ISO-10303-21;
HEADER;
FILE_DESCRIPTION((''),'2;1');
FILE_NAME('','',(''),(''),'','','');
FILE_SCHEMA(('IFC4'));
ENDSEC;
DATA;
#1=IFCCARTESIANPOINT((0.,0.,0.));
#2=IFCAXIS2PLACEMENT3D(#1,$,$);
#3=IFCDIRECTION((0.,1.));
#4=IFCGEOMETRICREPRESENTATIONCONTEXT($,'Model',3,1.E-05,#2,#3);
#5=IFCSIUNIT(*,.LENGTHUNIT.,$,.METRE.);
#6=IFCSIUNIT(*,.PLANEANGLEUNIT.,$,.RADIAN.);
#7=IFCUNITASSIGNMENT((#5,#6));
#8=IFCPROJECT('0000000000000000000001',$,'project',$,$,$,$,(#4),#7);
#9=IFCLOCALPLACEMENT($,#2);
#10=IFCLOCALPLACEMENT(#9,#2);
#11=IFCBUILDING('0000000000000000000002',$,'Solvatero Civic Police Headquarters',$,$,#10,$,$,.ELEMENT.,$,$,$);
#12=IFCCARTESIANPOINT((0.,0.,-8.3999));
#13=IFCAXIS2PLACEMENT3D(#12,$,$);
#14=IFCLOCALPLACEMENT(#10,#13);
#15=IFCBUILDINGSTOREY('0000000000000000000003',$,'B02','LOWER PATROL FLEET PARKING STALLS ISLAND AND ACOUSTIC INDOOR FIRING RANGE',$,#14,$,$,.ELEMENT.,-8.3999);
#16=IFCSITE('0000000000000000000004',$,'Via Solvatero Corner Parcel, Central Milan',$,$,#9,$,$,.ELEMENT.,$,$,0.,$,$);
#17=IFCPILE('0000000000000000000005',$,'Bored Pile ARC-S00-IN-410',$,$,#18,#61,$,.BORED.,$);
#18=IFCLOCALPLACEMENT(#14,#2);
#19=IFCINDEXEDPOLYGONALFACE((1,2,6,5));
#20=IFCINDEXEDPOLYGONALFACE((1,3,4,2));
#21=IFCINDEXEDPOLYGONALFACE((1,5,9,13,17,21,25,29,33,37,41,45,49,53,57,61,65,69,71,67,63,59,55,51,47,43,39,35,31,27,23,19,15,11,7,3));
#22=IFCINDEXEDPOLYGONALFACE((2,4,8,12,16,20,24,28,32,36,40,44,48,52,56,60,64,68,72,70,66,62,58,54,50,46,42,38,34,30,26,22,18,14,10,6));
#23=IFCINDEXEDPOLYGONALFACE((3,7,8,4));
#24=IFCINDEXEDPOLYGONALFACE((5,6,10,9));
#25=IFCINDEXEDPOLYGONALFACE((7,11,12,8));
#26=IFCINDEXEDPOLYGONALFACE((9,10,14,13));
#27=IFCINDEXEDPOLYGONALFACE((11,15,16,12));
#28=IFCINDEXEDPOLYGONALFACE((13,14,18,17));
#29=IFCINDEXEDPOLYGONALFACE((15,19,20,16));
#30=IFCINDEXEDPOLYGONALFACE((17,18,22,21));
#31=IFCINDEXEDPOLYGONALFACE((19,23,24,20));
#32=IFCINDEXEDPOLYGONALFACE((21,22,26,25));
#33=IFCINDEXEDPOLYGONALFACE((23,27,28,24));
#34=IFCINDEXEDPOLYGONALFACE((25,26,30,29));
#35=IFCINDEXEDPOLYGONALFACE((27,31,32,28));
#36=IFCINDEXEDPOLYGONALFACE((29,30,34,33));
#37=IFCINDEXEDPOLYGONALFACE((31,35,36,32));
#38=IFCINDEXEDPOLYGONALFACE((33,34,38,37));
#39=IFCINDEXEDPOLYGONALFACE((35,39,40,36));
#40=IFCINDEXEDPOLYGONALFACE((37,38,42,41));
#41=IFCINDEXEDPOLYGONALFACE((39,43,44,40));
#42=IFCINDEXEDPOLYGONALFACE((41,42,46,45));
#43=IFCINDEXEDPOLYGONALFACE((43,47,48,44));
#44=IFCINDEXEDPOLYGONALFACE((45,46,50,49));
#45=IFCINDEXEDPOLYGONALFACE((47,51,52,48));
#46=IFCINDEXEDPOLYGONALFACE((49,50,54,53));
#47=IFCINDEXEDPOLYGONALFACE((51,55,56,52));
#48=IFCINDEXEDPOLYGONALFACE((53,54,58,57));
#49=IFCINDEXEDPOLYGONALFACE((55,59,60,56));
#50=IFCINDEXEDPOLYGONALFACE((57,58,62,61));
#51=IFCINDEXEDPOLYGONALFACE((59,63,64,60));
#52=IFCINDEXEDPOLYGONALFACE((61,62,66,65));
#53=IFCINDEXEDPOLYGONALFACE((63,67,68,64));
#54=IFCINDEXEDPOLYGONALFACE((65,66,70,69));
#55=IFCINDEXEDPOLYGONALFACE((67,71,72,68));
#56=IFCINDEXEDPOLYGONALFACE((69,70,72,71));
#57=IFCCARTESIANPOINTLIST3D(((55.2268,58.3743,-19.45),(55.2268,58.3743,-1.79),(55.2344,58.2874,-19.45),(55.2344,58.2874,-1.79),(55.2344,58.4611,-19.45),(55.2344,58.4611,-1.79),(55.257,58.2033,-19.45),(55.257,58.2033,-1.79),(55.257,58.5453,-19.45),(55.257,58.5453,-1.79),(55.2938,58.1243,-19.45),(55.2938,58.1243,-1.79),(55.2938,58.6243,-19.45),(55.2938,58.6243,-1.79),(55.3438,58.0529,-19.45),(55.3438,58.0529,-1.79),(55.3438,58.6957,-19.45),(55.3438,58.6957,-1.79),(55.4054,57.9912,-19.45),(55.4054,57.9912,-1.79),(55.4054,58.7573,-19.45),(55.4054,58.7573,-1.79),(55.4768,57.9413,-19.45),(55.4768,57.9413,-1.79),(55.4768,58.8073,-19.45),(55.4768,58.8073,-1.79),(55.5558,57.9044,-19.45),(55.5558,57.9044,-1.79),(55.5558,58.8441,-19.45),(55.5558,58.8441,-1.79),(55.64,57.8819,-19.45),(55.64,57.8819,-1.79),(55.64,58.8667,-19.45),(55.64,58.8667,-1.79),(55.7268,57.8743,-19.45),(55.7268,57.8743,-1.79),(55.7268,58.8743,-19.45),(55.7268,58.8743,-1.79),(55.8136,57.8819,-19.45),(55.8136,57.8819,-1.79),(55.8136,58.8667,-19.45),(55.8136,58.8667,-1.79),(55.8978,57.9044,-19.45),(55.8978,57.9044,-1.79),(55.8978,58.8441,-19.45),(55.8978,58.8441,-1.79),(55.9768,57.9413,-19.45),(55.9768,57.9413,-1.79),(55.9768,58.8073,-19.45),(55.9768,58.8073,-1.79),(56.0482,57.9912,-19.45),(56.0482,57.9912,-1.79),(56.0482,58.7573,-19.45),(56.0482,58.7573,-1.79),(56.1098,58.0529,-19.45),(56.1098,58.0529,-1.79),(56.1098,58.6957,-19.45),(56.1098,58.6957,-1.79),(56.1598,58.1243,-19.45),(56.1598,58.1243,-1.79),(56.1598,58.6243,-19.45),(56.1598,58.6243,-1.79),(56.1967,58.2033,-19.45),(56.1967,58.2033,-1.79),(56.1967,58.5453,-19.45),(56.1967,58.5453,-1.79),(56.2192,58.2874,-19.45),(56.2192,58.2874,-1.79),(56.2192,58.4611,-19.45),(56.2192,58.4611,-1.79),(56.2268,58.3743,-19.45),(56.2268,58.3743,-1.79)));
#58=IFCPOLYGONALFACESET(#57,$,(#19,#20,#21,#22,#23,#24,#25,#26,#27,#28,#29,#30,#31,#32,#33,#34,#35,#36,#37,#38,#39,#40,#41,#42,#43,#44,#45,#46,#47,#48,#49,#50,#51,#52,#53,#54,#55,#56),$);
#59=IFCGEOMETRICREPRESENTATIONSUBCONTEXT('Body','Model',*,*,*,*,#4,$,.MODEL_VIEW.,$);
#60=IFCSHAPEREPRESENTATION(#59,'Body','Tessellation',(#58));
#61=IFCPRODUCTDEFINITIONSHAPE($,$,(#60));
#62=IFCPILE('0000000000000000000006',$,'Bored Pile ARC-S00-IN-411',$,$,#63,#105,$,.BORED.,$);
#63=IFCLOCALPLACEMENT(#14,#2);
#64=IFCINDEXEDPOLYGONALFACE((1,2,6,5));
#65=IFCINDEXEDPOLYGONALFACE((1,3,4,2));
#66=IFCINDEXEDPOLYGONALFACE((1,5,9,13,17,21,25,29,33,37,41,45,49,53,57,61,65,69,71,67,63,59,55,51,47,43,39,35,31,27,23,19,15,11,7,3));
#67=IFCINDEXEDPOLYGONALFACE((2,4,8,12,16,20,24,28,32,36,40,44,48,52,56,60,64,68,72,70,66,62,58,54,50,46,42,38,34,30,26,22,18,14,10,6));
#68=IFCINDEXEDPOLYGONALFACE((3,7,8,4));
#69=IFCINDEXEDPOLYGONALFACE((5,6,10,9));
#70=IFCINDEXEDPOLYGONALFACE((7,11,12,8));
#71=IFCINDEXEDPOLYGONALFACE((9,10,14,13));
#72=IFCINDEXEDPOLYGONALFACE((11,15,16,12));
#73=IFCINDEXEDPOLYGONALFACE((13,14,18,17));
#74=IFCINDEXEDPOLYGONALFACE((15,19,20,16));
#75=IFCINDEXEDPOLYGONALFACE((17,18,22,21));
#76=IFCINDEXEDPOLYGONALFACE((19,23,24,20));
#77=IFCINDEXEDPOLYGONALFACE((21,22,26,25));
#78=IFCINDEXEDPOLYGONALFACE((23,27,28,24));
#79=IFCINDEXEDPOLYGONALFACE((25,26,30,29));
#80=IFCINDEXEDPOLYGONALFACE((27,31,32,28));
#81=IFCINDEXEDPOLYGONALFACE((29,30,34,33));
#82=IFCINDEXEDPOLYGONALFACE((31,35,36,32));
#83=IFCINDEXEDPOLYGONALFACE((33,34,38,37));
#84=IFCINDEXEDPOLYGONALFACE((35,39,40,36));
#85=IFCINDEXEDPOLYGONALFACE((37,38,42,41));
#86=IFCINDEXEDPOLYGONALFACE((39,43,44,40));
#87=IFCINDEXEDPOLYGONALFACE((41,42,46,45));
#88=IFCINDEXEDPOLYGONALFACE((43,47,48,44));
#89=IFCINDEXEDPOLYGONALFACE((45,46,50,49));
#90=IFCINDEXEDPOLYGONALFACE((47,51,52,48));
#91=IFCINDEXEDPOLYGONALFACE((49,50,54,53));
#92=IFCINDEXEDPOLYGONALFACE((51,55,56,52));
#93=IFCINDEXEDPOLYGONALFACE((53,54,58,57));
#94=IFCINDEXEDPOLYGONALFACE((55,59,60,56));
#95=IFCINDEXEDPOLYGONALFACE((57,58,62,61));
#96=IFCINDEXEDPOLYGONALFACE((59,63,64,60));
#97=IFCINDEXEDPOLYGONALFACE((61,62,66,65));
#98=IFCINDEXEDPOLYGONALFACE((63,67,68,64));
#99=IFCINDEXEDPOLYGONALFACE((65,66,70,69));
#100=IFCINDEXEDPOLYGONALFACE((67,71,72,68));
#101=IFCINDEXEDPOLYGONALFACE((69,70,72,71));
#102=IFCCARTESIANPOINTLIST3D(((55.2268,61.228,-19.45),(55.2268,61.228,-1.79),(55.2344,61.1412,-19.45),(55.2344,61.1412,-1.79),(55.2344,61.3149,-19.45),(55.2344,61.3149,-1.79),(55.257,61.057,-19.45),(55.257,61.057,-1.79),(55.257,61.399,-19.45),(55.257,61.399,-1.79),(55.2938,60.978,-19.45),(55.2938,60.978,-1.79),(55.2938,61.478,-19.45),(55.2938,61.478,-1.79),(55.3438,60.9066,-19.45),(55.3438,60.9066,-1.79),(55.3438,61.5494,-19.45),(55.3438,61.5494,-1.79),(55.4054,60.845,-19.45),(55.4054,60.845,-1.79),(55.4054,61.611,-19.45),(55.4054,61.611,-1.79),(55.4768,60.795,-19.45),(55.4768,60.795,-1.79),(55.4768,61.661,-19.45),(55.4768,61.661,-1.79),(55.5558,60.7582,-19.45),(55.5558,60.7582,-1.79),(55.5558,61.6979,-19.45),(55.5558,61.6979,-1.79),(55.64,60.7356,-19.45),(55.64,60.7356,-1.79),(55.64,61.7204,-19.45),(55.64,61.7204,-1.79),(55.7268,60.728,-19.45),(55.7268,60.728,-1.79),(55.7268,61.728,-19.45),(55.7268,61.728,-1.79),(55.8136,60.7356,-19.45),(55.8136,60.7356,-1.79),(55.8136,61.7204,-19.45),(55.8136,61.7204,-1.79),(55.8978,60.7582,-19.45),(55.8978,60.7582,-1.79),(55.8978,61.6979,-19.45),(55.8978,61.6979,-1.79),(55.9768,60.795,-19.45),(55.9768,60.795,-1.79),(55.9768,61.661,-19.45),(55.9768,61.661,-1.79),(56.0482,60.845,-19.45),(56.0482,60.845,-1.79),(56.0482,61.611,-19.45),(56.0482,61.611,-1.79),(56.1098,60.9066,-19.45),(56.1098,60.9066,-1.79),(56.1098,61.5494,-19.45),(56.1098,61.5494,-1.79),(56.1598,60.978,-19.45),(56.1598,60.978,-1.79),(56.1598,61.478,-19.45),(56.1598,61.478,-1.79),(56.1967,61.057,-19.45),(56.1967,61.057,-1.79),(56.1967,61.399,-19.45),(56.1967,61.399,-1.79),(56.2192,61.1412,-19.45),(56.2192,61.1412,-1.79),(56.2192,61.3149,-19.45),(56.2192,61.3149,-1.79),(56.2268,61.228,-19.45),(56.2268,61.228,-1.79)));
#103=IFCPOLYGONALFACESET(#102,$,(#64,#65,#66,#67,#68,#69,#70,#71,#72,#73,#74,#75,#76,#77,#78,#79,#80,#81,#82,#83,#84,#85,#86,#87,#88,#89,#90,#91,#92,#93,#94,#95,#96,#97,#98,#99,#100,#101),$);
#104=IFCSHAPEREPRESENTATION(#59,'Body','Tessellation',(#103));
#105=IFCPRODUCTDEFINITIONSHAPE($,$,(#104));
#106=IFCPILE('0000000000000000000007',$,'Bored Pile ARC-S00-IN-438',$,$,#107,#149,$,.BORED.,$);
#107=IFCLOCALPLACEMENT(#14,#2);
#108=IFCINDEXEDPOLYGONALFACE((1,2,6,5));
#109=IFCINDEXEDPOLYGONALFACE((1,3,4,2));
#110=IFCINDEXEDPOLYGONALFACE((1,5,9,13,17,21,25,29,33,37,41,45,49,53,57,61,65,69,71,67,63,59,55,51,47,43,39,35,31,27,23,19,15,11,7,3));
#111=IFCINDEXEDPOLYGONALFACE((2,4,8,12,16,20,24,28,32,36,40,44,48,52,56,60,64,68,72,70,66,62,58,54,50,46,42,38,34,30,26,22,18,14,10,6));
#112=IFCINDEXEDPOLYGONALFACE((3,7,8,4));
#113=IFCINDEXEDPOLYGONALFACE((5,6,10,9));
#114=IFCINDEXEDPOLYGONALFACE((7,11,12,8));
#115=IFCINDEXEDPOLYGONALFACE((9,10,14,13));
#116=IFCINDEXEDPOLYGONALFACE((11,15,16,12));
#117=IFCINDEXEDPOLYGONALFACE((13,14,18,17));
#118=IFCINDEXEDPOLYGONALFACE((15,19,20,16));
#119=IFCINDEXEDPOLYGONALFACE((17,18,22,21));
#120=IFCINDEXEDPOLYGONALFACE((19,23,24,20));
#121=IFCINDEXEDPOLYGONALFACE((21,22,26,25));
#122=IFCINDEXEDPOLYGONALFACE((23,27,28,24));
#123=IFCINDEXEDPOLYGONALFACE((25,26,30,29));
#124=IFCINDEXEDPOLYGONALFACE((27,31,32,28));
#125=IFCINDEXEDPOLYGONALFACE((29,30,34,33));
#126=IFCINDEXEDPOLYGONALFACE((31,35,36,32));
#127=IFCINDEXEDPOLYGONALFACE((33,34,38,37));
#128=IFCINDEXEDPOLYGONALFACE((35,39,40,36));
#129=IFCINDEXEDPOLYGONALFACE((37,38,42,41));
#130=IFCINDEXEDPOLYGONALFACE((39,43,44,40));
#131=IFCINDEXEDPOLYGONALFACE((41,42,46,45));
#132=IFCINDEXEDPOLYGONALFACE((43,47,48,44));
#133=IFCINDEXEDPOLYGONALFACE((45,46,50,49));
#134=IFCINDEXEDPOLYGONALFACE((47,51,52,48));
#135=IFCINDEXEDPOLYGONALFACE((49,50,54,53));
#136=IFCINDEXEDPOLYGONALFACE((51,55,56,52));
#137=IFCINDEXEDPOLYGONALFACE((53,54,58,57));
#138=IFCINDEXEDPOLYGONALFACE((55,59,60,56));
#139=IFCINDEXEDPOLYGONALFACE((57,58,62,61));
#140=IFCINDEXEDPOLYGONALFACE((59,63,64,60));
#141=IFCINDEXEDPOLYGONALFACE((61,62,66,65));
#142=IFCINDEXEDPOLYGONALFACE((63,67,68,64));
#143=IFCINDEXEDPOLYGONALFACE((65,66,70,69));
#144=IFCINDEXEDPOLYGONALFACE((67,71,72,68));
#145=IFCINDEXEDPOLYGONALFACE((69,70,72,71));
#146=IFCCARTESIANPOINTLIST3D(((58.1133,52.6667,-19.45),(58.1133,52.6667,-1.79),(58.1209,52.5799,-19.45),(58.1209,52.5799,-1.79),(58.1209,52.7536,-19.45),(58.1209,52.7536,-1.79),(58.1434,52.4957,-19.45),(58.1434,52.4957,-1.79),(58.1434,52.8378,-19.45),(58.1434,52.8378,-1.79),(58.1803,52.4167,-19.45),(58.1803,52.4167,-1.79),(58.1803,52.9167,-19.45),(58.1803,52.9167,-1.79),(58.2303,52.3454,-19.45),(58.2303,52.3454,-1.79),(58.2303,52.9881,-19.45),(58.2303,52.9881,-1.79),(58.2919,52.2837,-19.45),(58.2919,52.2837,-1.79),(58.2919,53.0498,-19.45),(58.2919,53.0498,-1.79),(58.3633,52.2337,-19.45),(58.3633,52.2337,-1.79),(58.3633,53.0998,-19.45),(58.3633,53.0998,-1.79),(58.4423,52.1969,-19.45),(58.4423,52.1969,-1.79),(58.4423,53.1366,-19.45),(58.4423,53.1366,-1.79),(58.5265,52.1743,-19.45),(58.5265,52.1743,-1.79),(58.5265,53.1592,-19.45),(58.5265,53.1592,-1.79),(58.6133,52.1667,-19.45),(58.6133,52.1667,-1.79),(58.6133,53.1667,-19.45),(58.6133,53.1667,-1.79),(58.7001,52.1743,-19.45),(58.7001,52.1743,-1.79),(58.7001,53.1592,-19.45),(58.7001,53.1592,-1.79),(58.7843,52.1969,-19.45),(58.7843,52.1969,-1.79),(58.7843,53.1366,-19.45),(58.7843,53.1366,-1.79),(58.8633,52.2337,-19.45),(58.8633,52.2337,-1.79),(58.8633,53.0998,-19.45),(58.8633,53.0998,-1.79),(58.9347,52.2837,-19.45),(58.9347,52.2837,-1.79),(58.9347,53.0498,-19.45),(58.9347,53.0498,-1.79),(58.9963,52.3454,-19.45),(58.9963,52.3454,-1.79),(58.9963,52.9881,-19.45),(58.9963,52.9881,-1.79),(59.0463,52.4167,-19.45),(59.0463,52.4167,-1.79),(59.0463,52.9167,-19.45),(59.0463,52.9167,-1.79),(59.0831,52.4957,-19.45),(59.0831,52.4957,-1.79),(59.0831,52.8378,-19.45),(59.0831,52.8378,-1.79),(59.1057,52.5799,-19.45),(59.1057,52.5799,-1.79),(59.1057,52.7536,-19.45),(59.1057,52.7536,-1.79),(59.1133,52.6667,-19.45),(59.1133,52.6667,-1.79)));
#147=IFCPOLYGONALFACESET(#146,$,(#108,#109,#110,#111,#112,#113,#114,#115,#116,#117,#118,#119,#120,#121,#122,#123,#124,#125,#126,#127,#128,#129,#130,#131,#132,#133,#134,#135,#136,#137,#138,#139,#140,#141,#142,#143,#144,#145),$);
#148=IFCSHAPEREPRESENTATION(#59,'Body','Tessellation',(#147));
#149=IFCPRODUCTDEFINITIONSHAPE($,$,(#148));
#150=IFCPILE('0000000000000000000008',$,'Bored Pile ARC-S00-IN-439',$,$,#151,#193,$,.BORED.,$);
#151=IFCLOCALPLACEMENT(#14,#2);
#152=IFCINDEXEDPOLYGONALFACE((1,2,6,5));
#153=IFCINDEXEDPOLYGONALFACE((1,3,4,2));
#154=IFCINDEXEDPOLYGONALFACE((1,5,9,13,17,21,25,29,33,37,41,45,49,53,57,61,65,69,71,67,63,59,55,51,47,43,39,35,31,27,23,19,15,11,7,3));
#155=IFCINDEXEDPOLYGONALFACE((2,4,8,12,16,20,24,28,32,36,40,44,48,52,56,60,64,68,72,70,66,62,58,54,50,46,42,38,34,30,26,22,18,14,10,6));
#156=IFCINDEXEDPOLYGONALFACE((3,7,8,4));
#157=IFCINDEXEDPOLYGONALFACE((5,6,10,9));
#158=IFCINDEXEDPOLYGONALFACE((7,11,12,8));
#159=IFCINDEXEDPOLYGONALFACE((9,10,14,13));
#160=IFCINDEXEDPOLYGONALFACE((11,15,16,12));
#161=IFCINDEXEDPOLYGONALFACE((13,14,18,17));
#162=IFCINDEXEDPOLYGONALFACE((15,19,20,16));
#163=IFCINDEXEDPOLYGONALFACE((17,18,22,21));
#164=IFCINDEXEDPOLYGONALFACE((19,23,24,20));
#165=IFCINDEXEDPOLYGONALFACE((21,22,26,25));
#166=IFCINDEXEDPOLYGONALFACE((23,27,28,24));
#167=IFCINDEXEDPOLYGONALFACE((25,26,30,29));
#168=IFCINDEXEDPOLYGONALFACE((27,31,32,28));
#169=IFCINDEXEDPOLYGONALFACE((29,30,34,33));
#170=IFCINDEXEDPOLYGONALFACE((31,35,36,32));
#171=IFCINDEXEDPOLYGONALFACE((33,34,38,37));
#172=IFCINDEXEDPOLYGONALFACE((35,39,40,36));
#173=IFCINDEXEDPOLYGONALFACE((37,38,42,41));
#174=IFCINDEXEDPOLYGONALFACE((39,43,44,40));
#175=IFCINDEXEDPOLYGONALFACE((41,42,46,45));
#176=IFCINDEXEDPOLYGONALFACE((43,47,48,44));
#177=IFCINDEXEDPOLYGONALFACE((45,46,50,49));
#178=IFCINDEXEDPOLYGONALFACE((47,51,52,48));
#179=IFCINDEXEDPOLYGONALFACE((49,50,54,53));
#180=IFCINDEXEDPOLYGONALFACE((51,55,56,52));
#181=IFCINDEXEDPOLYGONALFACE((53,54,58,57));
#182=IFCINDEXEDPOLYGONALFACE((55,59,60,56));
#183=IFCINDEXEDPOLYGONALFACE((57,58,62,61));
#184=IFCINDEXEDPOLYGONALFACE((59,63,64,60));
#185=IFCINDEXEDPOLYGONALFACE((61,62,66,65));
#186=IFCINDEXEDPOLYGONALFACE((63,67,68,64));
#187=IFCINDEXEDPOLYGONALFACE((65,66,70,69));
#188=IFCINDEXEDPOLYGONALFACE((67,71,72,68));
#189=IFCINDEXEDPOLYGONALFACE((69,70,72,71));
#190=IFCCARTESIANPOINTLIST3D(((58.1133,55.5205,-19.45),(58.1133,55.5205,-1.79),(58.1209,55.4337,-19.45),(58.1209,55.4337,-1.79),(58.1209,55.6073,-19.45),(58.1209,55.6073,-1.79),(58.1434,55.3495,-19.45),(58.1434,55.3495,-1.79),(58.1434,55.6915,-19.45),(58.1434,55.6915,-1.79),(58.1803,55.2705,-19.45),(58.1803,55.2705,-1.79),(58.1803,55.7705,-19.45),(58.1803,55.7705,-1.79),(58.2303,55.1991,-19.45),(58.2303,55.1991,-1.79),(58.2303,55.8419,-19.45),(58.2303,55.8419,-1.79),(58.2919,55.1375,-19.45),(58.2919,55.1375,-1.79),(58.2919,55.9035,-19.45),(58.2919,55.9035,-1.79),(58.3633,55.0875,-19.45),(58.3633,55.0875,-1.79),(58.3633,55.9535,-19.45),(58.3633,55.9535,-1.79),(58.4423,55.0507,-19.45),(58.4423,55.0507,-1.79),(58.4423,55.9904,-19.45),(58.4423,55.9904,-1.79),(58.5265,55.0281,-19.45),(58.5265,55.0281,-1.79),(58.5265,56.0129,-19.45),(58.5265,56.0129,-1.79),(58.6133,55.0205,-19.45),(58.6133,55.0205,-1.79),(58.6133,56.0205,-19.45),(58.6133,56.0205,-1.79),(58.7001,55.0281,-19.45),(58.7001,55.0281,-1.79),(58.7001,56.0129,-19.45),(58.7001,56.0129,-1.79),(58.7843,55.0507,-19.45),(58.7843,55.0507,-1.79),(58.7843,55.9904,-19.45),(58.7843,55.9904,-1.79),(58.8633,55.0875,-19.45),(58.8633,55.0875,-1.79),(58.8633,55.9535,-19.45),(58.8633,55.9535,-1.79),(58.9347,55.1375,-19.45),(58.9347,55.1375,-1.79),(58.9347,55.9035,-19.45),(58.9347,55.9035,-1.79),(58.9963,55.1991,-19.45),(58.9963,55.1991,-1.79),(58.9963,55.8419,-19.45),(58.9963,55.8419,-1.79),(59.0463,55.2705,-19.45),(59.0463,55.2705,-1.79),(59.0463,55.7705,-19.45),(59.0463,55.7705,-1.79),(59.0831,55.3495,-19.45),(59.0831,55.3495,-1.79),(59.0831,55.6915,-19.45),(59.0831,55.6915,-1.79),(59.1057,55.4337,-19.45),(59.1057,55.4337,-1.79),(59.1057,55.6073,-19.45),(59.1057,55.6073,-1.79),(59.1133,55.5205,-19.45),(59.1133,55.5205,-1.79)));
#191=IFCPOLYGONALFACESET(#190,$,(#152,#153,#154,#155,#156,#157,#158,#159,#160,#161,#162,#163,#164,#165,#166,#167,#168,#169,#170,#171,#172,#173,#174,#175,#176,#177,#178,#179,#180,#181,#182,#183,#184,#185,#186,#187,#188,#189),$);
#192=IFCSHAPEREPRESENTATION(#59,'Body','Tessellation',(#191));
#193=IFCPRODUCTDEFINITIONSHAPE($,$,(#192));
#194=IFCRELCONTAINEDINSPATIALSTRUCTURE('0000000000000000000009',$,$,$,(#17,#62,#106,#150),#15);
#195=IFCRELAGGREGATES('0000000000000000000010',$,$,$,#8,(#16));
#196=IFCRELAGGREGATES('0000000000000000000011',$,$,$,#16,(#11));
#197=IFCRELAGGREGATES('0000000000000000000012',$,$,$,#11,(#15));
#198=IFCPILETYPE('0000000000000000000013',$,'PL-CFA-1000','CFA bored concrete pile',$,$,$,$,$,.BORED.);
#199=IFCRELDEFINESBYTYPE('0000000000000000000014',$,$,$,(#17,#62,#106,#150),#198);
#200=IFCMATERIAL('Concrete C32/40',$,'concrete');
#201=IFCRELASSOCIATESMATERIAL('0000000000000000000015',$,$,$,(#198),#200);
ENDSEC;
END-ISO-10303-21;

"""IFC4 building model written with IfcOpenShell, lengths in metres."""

from ifc_helpers import new_model, si_unit, direction, frame, origin, origin_2d, place, context, subcontext, project, spatial, circle, extrude, material, material_profile, profile_set, type_object, element, save


model = new_model("IFC4")

# Units and contexts
model_context = context("Model", 3, precision=1e-05, world=origin(), true_north=direction((0.0, 1.0)))
body_context = subcontext(model_context, "Body", "Model", "MODEL_VIEW")
ifc_project = project(units=[si_unit("LENGTHUNIT", "METRE"), si_unit("PLANEANGLEUNIT", "RADIAN")], contexts=[model_context])

# Site, building, storey
site_placement = place(None, origin())
site = spatial("IfcSite", under=ifc_project, at=site_placement, Name="Via Solvatero Corner Parcel, Central Milan", CompositionType="ELEMENT", RefElevation=0.0)
building_placement = place(site_placement, origin())
building = spatial("IfcBuilding", under=site, at=building_placement, Name="Solvatero Civic Police Headquarters", CompositionType="ELEMENT")
storey_placement = place(building_placement, frame((0.0, 0.0, -8.3999)))
storey = spatial("IfcBuildingStorey", under=building, at=storey_placement, Name="B02", Description="LOWER PATROL FLEET PARKING STALLS ISLAND AND ACOUSTIC INDOOR FIRING RANGE", CompositionType="ELEMENT", Elevation=-8.3999)

# Piles
ifc_material_1 = material(Name="Concrete C32/40", Category="concrete")
ifc_material_profile_1 = material_profile(ifc_material_1, circle(Radius=0.5, at=origin_2d()), Name="CFA PILE D1000")
ifc_profile_set_1 = profile_set([ifc_material_profile_1], Name="Concrete C32/40")
pile_type = type_object("IfcPileType", Name="PL-CFA-1000", Description="CFA bored concrete pile", PredefinedType="BORED", material=ifc_profile_set_1)
for number, where, z_axis, x_axis, name in (
    (1, (55.7268, 58.3743, -1.79), (0.0, 0.0, -1.0), (1.0, 0.0, 0.0), "Bored Pile ARC-S00-IN-410"),
    (2, (55.7268, 61.228, -1.79), (0.0, 0.0, -1.0), (1.0, 0.0, 0.0), "Bored Pile ARC-S00-IN-411"),
    (3, (58.6133, 52.6667, -1.79), (0.0, 0.0, -1.0), (1.0, 0.0, 0.0), "Bored Pile ARC-S00-IN-438"),
    (4, (58.6133, 55.5205, -1.79), (0.0, 0.0, -1.0), (1.0, 0.0, 0.0), "Bored Pile ARC-S00-IN-439"),
):
    element("IfcPile", number, at=place(storey_placement, frame(where, z_axis=z_axis, x_axis=x_axis)), inside=storey, type_object=pile_type, Name=name, PredefinedType="BORED", context=body_context, shape_type="SweptSolid", body=[
        extrude(circle(Radius=0.5, at=origin_2d()), origin(), (0.0, 0.0, 1.0), 17.6599),
    ])

save(model, "model.ifc")
